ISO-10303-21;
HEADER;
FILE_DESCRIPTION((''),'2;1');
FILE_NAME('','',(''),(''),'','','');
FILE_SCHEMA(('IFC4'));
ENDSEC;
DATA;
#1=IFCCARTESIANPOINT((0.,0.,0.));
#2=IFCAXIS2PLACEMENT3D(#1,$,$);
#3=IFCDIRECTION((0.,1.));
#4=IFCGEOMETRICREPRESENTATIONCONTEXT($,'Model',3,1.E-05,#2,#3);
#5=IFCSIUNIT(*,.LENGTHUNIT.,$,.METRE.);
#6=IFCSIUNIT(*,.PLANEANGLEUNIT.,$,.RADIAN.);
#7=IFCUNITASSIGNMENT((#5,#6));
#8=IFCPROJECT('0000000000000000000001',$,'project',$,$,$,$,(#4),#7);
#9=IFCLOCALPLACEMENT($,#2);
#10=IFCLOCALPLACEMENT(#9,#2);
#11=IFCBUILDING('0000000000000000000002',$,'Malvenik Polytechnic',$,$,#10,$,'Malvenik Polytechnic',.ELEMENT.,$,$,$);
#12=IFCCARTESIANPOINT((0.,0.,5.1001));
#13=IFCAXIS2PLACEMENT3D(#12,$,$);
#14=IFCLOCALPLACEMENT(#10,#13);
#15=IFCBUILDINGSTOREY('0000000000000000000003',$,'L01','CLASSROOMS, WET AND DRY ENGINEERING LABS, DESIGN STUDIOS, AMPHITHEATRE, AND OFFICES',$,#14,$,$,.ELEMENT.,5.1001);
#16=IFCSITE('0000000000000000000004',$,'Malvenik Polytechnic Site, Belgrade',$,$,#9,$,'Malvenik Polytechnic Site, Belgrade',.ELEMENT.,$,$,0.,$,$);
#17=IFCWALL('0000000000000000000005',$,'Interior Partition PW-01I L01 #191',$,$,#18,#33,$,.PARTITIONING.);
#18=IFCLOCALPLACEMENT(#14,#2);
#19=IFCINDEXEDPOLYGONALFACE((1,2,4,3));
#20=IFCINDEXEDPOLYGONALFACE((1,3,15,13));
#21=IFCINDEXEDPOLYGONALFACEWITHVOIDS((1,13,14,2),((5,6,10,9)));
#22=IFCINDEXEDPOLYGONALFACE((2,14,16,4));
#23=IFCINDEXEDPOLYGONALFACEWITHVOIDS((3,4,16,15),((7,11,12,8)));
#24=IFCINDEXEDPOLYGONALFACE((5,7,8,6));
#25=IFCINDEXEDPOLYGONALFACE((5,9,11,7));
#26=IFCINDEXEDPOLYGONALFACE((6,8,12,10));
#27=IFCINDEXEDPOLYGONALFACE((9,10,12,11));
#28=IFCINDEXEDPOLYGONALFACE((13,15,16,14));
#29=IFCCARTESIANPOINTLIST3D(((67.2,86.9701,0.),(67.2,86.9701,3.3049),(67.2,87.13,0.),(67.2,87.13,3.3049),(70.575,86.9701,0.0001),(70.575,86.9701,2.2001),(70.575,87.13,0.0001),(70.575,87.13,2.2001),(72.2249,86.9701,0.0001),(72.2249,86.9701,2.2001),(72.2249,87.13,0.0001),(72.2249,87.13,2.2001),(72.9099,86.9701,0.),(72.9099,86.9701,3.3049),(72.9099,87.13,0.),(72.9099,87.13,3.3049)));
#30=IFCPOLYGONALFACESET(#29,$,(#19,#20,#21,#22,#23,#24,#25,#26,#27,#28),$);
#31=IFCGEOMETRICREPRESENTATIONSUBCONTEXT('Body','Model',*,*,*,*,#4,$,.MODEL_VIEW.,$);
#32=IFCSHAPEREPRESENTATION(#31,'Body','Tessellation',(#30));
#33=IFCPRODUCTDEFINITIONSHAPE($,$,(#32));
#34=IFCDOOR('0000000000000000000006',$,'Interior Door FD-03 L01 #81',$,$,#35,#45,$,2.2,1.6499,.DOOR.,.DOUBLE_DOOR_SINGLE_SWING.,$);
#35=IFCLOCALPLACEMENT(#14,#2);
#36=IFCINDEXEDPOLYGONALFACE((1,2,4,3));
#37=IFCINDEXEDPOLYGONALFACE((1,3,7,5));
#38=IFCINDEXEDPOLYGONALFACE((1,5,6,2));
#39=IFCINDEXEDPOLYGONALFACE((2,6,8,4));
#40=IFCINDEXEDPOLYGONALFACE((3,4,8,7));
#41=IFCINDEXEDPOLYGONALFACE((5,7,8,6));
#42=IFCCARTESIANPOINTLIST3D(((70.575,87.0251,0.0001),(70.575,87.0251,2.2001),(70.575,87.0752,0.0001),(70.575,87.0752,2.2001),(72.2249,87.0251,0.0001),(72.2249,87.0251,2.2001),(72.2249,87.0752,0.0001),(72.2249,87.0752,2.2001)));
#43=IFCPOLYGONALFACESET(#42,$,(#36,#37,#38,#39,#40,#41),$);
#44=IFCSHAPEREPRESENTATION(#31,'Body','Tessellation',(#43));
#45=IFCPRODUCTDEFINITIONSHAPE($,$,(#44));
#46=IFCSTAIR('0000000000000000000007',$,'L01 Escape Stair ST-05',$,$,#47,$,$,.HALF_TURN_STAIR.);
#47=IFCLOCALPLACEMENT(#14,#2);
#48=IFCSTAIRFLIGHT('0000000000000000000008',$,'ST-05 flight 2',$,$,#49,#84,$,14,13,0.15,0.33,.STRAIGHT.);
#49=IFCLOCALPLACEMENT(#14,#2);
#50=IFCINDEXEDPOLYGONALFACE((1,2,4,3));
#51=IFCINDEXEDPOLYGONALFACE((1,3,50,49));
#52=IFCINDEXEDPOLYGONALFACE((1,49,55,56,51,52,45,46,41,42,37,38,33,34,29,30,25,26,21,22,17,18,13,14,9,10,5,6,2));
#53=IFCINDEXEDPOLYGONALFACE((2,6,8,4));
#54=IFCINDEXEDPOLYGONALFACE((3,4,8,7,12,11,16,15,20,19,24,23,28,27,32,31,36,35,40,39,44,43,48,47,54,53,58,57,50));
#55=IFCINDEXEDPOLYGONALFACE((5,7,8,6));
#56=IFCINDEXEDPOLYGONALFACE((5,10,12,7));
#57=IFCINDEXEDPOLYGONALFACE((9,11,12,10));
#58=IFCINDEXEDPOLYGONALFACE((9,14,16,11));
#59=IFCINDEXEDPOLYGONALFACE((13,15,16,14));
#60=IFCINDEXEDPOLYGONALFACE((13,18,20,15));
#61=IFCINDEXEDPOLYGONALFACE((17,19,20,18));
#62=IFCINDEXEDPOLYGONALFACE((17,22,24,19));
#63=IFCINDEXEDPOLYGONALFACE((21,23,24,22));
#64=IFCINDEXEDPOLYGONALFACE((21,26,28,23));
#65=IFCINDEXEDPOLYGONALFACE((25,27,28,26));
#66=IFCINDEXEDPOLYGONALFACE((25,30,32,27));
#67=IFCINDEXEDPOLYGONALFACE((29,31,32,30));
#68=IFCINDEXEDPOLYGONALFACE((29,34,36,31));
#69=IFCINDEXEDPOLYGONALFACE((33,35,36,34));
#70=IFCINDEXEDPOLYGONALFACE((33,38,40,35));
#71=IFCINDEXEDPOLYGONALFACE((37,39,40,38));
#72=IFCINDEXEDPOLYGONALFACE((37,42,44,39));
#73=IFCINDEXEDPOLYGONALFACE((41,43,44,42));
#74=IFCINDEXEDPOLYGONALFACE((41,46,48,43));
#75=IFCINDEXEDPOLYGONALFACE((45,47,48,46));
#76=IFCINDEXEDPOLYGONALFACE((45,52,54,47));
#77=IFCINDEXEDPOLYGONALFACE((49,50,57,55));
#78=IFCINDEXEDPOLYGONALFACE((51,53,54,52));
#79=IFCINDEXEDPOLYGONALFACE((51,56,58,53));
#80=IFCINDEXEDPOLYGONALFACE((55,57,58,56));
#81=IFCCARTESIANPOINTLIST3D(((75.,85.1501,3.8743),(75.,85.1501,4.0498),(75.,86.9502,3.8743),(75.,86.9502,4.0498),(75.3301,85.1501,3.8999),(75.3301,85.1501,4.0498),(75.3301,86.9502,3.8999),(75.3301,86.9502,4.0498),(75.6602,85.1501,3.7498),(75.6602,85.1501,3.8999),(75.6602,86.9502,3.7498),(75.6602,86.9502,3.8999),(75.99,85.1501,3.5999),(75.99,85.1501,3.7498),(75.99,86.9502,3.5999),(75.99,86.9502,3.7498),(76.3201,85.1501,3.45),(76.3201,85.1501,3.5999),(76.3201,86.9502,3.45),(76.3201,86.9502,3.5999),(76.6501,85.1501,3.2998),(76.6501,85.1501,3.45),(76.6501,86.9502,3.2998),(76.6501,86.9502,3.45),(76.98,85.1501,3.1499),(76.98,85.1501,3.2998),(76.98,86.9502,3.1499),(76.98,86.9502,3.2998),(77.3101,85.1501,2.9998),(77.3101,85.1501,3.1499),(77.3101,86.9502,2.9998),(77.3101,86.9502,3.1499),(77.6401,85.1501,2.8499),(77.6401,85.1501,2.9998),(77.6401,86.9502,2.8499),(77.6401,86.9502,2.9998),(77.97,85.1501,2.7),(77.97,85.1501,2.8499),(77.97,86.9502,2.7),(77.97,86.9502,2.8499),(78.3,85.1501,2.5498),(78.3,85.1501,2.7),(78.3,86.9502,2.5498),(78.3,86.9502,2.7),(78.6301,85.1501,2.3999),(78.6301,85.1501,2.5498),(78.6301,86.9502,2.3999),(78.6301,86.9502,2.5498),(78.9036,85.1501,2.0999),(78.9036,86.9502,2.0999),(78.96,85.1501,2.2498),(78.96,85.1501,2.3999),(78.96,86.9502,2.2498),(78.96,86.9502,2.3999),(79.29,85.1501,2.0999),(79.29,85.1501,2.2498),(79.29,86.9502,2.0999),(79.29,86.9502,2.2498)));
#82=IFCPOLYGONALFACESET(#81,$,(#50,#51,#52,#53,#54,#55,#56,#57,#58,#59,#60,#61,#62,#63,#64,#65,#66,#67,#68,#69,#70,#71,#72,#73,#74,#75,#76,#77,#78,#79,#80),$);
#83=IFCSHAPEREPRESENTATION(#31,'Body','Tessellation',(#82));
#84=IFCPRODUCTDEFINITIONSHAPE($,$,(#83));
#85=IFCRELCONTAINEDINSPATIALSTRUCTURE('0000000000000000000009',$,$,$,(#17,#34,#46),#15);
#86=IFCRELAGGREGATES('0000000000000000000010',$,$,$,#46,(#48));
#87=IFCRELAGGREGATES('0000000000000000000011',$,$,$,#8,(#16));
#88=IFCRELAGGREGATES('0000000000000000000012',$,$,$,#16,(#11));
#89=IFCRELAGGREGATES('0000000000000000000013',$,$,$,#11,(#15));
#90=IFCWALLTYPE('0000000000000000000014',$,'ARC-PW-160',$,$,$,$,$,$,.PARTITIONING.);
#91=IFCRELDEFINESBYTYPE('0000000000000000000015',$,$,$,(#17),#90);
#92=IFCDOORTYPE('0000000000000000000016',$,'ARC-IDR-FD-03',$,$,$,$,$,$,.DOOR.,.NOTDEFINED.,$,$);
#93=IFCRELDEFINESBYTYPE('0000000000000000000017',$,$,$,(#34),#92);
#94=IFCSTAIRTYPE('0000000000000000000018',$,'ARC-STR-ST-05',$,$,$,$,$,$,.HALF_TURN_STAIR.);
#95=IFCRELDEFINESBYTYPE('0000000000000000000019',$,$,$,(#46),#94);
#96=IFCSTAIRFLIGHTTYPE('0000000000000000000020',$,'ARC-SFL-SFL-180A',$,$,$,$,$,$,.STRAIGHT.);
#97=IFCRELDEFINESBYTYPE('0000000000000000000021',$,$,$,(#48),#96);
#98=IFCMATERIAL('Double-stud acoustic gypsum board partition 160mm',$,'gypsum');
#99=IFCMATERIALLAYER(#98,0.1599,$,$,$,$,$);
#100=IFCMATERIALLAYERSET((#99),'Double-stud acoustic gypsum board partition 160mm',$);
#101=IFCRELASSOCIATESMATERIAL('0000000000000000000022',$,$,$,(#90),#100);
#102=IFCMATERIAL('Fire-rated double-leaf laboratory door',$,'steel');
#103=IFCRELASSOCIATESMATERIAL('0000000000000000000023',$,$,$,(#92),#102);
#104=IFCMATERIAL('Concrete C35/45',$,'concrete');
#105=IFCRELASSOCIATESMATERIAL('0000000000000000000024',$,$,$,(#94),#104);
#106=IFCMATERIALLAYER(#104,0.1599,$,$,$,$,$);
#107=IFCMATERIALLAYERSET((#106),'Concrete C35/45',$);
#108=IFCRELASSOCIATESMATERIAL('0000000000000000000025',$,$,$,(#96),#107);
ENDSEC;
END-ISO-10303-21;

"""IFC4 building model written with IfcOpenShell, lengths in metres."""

from ifc_helpers import new_model, si_unit, direction, frame, frame_2d, origin, place, context, subcontext, project, spatial, polyline, rectangle, outline, extrude, material, layer, layer_set, type_object, element, fill, aggregate, save


model = new_model("IFC4")

# Units and contexts
model_context = context("Model", 3, precision=1e-05, world=origin(), true_north=direction((0.0, 1.0)))
body_context = subcontext(model_context, "Body", "Model", "MODEL_VIEW")
ifc_project = project(units=[si_unit("LENGTHUNIT", "METRE"), si_unit("PLANEANGLEUNIT", "RADIAN")], contexts=[model_context])

# Site, building, storey
site_placement = place(None, origin())
site = spatial("IfcSite", under=ifc_project, at=site_placement, Name="Malvenik Polytechnic Site, Belgrade", LongName="Malvenik Polytechnic Site, Belgrade", CompositionType="ELEMENT", RefElevation=0.0)
building_placement = place(site_placement, origin())
building = spatial("IfcBuilding", under=site, at=building_placement, Name="Malvenik Polytechnic", LongName="Malvenik Polytechnic", CompositionType="ELEMENT")
storey_placement = place(building_placement, frame((0.0, 0.0, 5.1001)))
storey = spatial("IfcBuildingStorey", under=building, at=storey_placement, Name="L01", Description="CLASSROOMS, WET AND DRY ENGINEERING LABS, DESIGN STUDIOS, AMPHITHEATRE, AND OFFICES", CompositionType="ELEMENT", Elevation=5.1001)

# Shared definitions
ifc_material_1 = material(Name="Concrete C35/45", Category="concrete")

# Shared definitions
ifc_material_2 = material(Name="Double-stud acoustic gypsum board partition 160mm", Category="gypsum")
ifc_layer_1 = layer(ifc_material_2, 0.1599)
ifc_layer_set_1 = layer_set([ifc_layer_1], Name="Double-stud acoustic gypsum board partition 160mm")
wall_type_1 = type_object("IfcWallType", Name="ARC-PW-160", PredefinedType="PARTITIONING", material=ifc_layer_set_1)

# Wall, opening, door
wall_1_placement = place(storey_placement, frame((72.9099, 87.05, 0.0), z_axis=(0.0, 0.0, 1.0), x_axis=(-1.0, 0.0, 0.0)))
wall_1 = element("IfcWall", 1, at=wall_1_placement, inside=storey, type_object=wall_type_1, Name="Interior Partition PW-01I L01 #191", PredefinedType="PARTITIONING", context=body_context, shape_type="SweptSolid", body=[
    extrude(rectangle(XDim=5.71, YDim=0.1599, at=frame_2d((2.855, 0.0))), origin(), (0.0, 0.0, 1.0), 3.3049),
])
opening_1_placement = place(wall_1_placement, frame((0.6851, 0.0, 0.0)))
opening_1 = element("IfcOpeningElement", 2, at=opening_1_placement, cuts=wall_1, PredefinedType="OPENING", context=body_context, shape_type="SweptSolid", body=[
    extrude(rectangle(XDim=1.6499, YDim=2.2, at=frame_2d((0.825, 1.1001))), frame((0.0, 0.0898, 0.0), z_axis=(0.0, -1.0, 0.0), x_axis=(1.0, 0.0, 0.0)), (0.0, 0.0, 1.0), 0.1799),
])
ifc_material_3 = material(Name="Fire-rated double-leaf laboratory door", Category="steel")
door_type_1 = type_object("IfcDoorType", Name="ARC-IDR-FD-03", OperationType="NOTDEFINED", PredefinedType="DOOR", material=ifc_material_3)
door_1_placement = place(opening_1_placement, origin())
door_1 = element("IfcDoor", 3, at=door_1_placement, inside=storey, type_object=door_type_1, Name="Interior Door FD-03 L01 #81", OperationType="DOUBLE_DOOR_SINGLE_SWING", OverallHeight=2.2, OverallWidth=1.6499, PredefinedType="DOOR", context=body_context, shape_type="SweptSolid", body=[
    extrude(rectangle(XDim=1.6499, YDim=2.2, at=frame_2d((0.825, 1.1001))), frame((0.0, 0.0249, 0.0), z_axis=(0.0, -1.0, 0.0), x_axis=(1.0, 0.0, 0.0)), (0.0, 0.0, 1.0), 0.05),
])
fill(opening_1, door_1)

# Stair, stair flight
stair_type = type_object("IfcStairType", Name="ARC-STR-ST-05", PredefinedType="HALF_TURN_STAIR", material=ifc_material_1)
stair_placement = place(storey_placement, origin())
stair = element("IfcStair", 4, at=stair_placement, inside=storey, type_object=stair_type, Name="L01 Escape Stair ST-05", PredefinedType="HALF_TURN_STAIR")
ifc_layer_2 = layer(ifc_material_1, 0.1599)
ifc_layer_set_2 = layer_set([ifc_layer_2], Name="Concrete C35/45")
stair_flight_type = type_object("IfcStairFlightType", Name="ARC-SFL-SFL-180A", PredefinedType="STRAIGHT", material=ifc_layer_set_2)
stair_flight_placement = place(storey_placement, frame((79.29, 86.05, 2.0999), z_axis=(0.0, 0.0, 1.0), x_axis=(-1.0, 0.0, 0.0)))
stair_flight = element("IfcStairFlight", 5, at=stair_flight_placement, type_object=stair_flight_type, Name="ST-05 flight 2", NumberOfRisers=14, NumberOfTreads=13, PredefinedType="STRAIGHT", RiserHeight=0.15, TreadLength=0.33, context=body_context, shape_type="SweptSolid", body=[
    extrude(outline(polyline([(0.0, 0.0), (0.0, 0.1499), (0.3301, 0.1499), (0.3301, 0.3), (0.6599, 0.3), (0.6599, 0.45), (0.99, 0.45), (0.99, 0.6001), (1.3201, 0.6001), (1.3201, 0.75), (1.6499, 0.75), (1.6499, 0.8999), (1.98, 0.8999), (1.98, 1.05), (2.3101, 1.05), (2.3101, 1.2), (2.6399, 1.2), (2.6399, 1.3501), (2.97, 1.3501), (2.97, 1.5), (3.3, 1.5), (3.3, 1.6499), (3.6299, 1.6499), (3.6299, 1.8), (3.96, 1.8), (3.96, 1.95), (4.29, 1.95), (4.29, 2.1001), (4.29, 1.7744), (0.3865, 0.0), (0.0, 0.0)])), frame((0.0, 0.8999, 0.0), z_axis=(0.0, -1.0, 0.0), x_axis=(1.0, 0.0, 0.0)), (0.0, 0.0, 1.0), 1.8),
])
aggregate(stair, [stair_flight])

save(model, "model.ifc")
